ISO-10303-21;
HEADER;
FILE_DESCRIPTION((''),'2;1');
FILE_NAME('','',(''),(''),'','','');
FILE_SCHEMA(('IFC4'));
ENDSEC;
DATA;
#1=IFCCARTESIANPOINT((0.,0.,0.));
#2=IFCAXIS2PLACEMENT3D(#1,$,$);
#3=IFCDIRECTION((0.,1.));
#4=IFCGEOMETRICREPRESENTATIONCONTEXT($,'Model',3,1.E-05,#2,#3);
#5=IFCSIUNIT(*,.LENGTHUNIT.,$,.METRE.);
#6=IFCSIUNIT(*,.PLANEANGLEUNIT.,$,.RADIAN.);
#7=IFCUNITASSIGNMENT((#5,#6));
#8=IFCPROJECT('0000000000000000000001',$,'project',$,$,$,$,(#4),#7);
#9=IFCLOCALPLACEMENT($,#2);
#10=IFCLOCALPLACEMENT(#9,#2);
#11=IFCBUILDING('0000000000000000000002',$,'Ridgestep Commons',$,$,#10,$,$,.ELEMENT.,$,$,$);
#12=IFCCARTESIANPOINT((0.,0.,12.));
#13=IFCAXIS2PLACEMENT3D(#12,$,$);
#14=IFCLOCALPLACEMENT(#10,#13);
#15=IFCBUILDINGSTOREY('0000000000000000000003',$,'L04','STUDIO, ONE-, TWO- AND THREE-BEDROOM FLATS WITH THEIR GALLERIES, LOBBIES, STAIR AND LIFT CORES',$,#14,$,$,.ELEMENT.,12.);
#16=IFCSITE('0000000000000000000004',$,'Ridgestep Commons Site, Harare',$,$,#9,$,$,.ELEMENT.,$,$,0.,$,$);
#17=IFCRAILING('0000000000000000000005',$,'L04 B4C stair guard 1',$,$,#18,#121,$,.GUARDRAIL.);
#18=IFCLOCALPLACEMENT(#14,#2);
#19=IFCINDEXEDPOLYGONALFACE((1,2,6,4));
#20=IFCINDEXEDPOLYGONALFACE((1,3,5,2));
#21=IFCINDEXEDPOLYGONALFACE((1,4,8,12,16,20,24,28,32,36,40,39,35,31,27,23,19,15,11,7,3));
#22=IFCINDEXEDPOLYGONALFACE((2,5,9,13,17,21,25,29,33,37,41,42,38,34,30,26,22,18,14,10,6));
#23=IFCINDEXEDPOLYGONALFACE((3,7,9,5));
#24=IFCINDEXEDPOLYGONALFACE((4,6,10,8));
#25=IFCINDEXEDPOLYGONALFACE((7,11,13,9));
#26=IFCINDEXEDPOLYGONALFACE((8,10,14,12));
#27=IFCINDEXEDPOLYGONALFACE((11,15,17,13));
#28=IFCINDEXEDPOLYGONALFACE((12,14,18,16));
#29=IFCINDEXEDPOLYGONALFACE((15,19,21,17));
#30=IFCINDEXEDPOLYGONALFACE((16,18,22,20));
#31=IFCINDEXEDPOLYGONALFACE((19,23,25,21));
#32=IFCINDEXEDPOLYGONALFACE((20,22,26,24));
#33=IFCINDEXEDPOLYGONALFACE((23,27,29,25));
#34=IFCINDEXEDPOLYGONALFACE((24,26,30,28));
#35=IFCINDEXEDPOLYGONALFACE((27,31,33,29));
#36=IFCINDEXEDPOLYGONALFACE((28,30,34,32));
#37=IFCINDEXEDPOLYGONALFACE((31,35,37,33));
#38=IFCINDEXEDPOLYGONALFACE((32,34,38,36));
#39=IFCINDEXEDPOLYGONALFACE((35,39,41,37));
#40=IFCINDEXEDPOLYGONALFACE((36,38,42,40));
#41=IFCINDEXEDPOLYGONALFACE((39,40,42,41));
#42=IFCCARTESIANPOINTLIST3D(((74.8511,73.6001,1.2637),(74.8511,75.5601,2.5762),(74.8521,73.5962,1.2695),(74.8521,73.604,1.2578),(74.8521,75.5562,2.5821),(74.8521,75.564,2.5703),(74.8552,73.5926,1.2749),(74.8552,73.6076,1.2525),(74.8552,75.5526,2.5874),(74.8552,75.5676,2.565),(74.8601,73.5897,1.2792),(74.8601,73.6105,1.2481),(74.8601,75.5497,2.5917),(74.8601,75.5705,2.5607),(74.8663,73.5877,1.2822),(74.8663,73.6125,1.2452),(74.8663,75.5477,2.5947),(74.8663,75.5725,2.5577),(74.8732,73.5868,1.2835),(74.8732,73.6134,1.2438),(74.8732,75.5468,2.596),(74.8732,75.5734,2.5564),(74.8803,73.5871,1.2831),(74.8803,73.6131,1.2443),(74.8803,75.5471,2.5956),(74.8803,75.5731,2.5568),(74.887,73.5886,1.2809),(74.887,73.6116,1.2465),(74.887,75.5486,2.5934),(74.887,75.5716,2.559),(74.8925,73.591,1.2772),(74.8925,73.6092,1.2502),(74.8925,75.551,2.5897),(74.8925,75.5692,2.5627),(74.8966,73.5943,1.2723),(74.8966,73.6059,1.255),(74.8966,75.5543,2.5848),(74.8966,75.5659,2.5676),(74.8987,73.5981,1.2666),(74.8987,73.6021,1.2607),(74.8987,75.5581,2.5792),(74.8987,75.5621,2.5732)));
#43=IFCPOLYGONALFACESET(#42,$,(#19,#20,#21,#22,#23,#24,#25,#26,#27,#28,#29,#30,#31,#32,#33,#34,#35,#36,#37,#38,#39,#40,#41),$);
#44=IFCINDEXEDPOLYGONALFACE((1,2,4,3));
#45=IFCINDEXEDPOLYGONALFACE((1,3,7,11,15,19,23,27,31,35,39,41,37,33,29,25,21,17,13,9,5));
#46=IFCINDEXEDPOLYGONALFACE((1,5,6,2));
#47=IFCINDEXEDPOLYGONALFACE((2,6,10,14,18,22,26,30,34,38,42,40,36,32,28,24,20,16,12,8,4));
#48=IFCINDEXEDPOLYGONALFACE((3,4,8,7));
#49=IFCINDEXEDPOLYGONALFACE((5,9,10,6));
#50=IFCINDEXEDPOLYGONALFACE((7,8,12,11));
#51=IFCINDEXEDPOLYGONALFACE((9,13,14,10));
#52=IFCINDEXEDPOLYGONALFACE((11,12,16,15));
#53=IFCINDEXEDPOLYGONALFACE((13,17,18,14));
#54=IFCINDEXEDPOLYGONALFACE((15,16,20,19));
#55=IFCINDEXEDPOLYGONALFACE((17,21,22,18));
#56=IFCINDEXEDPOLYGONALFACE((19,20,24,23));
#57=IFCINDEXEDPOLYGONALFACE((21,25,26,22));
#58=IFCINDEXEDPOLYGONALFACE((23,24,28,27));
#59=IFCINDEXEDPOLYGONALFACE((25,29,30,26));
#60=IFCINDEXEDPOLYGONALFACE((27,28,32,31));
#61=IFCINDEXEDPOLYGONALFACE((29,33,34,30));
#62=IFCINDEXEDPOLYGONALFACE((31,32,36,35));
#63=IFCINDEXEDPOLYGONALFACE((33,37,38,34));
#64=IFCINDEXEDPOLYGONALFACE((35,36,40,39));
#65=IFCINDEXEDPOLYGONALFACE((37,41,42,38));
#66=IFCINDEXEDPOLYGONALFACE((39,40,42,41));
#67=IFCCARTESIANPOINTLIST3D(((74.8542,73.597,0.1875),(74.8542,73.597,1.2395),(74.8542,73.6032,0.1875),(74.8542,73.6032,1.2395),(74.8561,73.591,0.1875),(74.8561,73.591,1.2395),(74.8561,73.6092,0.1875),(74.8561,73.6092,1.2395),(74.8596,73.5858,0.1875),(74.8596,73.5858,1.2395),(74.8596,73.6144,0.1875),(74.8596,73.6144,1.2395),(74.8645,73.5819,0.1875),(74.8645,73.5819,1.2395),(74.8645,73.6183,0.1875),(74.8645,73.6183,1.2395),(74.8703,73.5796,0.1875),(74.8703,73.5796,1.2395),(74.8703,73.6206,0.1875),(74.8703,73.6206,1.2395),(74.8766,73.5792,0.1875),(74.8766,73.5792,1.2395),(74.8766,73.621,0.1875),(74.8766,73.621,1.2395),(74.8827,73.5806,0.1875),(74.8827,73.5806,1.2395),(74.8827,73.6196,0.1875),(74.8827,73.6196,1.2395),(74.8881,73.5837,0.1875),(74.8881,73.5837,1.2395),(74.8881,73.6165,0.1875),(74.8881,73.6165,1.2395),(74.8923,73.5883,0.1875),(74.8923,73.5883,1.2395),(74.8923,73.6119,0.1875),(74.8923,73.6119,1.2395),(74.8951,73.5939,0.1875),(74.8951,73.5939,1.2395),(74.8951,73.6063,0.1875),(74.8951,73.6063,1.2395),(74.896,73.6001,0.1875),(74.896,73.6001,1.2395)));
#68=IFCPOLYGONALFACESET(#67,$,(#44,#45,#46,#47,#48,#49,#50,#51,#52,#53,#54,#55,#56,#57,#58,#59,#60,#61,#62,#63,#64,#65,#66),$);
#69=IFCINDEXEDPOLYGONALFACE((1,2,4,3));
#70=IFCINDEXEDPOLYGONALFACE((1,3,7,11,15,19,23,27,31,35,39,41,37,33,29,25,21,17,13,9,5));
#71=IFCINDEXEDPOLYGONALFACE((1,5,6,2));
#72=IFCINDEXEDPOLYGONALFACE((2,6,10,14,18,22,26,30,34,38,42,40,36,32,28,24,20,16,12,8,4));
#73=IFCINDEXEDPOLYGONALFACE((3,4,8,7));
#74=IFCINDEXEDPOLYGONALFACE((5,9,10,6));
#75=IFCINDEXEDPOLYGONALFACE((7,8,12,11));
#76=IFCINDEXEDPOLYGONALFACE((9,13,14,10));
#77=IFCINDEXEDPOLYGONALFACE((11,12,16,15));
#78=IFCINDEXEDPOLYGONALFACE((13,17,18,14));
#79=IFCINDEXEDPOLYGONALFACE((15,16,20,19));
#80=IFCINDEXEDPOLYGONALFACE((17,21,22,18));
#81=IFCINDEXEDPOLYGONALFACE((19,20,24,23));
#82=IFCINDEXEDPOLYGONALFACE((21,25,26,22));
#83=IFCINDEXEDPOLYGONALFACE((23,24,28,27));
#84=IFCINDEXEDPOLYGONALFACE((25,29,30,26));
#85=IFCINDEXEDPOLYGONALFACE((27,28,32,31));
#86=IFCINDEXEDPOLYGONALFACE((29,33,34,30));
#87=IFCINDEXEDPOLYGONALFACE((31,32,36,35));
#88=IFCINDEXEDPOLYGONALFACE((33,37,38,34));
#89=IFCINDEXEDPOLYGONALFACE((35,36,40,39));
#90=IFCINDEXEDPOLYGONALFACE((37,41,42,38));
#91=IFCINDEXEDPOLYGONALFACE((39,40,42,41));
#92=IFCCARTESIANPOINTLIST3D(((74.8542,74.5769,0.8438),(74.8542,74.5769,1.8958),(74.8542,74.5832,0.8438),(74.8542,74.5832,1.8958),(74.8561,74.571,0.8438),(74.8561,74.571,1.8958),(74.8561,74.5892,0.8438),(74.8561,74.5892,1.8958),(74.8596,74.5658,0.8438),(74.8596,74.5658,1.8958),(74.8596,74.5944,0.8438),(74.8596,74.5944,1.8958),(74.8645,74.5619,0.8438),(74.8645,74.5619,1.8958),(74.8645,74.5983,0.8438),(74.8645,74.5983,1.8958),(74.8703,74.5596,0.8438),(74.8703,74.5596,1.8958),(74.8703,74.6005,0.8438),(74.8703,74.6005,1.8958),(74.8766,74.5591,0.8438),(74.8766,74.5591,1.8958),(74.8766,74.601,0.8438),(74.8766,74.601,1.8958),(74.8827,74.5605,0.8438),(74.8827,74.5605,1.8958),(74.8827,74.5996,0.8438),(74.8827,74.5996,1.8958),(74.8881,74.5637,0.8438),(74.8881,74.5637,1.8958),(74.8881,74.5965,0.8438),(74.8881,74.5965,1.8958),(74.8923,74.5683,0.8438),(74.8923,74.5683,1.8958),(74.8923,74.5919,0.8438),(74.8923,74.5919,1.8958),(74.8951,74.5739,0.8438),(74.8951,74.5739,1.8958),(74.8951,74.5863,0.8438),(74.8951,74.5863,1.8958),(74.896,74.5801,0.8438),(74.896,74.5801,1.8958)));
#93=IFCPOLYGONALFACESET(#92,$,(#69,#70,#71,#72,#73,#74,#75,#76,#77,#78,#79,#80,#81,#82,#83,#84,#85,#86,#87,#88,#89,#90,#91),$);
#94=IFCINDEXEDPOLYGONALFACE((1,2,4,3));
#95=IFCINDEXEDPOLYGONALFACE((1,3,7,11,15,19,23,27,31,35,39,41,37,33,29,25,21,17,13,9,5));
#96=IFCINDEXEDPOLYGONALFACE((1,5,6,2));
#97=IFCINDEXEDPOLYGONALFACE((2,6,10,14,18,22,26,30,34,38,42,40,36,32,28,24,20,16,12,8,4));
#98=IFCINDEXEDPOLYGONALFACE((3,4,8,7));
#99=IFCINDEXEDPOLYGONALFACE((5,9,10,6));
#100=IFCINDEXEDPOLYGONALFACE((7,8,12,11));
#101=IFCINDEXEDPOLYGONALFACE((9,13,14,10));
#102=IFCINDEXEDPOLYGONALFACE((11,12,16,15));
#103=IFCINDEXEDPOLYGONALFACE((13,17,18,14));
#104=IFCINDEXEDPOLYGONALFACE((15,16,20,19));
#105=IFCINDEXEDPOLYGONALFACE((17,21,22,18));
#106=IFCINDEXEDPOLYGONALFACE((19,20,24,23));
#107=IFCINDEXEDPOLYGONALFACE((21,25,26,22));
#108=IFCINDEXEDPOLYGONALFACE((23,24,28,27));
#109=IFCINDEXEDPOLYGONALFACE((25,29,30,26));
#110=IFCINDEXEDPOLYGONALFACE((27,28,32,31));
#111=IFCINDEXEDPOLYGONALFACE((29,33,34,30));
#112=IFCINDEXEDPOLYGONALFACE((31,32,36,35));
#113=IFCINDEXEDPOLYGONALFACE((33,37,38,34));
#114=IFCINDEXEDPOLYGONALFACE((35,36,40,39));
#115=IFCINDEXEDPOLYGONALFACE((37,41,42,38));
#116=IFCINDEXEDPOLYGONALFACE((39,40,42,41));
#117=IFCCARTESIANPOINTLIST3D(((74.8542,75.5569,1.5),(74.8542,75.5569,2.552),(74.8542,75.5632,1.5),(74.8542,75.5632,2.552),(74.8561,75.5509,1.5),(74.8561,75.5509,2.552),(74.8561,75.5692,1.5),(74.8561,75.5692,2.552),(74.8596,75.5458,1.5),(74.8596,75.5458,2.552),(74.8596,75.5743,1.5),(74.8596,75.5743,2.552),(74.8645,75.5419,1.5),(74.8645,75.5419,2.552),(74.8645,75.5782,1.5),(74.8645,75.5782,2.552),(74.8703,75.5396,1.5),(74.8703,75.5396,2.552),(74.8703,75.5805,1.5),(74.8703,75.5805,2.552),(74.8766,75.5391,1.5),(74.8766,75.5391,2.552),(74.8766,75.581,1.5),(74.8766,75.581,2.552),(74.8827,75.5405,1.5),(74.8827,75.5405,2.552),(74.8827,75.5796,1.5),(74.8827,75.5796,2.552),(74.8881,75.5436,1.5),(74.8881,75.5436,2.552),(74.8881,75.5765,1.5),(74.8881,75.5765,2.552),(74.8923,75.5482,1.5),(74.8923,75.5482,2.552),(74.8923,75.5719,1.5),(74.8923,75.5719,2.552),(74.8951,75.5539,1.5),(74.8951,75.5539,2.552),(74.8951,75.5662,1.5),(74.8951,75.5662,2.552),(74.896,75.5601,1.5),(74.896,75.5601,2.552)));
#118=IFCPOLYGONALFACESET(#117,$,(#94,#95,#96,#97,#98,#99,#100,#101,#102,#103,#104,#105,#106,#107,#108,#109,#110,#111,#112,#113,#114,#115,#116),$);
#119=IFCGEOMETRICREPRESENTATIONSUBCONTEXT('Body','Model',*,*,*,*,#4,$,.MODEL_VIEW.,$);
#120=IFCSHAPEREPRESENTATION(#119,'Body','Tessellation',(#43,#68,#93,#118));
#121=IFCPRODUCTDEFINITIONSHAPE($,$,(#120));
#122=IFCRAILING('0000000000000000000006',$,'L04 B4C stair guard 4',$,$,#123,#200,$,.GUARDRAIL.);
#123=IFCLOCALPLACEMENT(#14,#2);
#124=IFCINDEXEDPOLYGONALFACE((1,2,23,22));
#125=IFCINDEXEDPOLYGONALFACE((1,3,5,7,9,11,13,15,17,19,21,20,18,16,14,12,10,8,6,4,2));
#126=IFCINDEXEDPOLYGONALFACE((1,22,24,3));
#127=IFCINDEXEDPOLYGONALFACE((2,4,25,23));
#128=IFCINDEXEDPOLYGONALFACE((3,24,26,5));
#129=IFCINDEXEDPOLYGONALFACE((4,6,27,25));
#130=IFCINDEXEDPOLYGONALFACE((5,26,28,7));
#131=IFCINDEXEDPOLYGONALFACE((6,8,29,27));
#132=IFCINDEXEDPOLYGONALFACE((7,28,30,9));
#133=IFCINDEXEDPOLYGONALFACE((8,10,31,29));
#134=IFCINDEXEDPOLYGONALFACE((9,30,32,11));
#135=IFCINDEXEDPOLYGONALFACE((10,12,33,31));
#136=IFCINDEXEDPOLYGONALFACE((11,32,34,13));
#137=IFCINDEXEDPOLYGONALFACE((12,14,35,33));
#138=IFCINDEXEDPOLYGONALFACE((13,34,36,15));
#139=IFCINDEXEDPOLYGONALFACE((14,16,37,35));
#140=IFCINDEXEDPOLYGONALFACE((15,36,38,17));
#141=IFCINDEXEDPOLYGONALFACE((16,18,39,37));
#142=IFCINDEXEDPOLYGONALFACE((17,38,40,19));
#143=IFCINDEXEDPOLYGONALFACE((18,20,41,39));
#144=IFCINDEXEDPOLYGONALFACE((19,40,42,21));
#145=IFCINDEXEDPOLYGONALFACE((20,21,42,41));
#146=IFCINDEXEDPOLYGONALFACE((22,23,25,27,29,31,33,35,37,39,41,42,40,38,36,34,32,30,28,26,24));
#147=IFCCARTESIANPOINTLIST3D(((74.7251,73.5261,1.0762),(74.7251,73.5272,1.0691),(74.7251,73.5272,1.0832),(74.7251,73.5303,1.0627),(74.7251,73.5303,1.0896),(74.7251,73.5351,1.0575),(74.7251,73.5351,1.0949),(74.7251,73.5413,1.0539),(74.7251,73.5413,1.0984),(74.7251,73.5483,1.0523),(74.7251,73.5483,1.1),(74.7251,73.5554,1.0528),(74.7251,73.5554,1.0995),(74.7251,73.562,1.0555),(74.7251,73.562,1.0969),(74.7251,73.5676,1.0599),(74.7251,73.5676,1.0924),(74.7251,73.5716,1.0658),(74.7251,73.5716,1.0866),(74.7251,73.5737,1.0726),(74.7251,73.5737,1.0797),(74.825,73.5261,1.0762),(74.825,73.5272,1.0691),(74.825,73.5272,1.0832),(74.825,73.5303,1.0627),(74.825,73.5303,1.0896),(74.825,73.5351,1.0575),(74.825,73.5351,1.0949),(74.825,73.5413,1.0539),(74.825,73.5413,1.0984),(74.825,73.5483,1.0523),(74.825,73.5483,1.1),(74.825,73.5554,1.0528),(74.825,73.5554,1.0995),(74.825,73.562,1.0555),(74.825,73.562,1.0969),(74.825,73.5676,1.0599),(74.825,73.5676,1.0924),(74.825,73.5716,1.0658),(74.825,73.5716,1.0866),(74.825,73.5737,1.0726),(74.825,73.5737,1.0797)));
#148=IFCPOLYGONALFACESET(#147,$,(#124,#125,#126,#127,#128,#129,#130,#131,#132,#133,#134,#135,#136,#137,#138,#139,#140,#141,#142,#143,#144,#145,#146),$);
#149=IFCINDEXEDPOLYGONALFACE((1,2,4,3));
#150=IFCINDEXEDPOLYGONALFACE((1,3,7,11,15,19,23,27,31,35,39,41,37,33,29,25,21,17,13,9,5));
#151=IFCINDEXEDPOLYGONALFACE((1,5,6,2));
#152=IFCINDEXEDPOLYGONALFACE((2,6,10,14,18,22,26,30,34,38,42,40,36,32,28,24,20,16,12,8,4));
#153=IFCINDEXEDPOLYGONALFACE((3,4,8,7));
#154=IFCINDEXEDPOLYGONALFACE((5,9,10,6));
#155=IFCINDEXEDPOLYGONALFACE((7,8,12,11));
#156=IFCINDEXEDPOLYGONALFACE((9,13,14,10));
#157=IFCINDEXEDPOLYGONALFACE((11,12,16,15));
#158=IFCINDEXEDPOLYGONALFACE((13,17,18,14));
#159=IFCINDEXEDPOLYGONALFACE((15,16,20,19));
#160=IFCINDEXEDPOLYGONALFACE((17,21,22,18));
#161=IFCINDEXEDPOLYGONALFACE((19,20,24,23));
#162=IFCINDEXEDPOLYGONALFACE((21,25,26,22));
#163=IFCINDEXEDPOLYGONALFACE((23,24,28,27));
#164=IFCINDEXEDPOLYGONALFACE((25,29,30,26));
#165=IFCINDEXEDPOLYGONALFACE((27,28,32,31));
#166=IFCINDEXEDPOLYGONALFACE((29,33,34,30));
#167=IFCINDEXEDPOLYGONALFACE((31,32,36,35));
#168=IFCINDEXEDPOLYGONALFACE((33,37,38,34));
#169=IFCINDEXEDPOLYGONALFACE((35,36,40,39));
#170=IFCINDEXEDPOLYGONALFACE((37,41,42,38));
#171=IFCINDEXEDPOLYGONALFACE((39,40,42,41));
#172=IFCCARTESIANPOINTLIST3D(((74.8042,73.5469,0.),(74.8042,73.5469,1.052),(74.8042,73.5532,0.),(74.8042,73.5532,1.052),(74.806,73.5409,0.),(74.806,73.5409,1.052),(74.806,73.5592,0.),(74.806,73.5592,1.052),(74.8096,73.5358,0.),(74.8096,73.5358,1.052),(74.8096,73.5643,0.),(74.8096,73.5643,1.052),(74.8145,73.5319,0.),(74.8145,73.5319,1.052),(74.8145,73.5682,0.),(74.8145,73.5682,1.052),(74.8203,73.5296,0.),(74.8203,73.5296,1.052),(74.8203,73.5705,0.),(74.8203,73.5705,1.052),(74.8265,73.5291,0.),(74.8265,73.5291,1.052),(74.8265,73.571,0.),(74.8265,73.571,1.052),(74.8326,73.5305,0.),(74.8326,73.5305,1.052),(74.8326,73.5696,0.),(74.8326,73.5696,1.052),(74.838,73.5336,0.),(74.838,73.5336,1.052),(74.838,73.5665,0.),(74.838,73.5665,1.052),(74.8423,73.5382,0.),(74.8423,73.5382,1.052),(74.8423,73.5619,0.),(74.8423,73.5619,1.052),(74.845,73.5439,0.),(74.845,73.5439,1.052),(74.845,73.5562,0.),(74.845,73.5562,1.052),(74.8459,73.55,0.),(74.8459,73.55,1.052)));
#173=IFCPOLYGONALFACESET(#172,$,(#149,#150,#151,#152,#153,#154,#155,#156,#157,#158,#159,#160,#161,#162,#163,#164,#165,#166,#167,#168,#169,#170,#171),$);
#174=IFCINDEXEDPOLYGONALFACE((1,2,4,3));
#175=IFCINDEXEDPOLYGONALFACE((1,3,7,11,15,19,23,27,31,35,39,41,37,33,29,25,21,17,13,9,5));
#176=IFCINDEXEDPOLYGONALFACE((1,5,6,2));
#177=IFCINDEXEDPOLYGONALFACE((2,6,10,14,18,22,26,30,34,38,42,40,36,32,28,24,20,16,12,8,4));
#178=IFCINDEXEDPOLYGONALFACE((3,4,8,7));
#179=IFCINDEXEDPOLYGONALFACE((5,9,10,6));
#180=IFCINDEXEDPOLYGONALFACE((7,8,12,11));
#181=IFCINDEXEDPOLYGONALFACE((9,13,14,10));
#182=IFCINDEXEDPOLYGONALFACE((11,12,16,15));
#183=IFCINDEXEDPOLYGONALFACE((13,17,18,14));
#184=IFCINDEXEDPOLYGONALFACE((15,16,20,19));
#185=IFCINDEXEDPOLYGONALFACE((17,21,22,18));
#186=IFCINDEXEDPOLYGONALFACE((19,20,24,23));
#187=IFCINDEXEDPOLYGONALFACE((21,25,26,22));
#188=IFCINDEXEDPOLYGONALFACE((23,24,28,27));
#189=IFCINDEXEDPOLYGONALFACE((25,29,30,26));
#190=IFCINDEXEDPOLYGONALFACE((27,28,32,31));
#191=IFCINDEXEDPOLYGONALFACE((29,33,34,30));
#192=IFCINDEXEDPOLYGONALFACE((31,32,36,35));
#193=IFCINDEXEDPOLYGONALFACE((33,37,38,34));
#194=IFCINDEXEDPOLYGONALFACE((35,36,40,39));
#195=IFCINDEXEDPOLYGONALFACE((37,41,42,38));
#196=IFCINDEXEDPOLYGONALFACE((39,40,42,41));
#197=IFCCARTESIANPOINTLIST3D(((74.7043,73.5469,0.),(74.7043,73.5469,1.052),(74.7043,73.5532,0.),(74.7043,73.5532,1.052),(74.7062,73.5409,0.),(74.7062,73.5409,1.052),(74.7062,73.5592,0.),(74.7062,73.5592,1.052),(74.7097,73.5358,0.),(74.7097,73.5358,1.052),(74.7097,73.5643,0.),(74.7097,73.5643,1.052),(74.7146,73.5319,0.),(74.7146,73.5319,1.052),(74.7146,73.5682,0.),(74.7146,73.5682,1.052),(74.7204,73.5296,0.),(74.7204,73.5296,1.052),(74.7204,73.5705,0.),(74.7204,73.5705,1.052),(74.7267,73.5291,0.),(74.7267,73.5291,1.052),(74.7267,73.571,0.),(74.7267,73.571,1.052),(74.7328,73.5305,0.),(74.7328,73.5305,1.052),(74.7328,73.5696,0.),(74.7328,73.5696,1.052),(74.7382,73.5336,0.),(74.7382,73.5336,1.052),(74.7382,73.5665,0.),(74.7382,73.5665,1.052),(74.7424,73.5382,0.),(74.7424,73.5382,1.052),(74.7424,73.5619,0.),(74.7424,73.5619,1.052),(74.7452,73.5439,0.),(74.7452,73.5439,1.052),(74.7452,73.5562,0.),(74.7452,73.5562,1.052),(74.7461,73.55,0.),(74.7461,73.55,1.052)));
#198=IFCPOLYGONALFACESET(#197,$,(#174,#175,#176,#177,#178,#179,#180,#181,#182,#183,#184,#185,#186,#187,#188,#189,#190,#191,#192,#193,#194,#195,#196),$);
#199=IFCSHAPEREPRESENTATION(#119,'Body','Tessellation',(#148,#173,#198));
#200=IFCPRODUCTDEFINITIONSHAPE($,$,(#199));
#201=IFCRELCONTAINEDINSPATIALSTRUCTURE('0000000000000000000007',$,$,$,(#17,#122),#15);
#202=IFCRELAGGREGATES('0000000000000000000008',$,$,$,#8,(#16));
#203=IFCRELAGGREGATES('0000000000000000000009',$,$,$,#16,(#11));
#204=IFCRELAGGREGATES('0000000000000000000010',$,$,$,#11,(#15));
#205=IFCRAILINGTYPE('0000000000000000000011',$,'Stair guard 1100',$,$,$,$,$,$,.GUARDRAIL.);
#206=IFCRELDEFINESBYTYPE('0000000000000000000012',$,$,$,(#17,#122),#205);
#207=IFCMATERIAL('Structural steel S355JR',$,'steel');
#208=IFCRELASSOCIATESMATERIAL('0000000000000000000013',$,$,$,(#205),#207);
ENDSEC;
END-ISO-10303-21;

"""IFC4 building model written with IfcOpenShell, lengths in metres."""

from ifc_helpers import new_model, si_unit, direction, frame, origin, origin_2d, place, context, subcontext, project, spatial, circle, extrude, material, type_object, element, save


model = new_model("IFC4")

# Units and contexts
model_context = context("Model", 3, precision=1e-05, world=origin(), true_north=direction((0.0, 1.0)))
body_context = subcontext(model_context, "Body", "Model", "MODEL_VIEW")
ifc_project = project(units=[si_unit("LENGTHUNIT", "METRE"), si_unit("PLANEANGLEUNIT", "RADIAN")], contexts=[model_context])

# Site, building, storey
site_placement = place(None, origin())
site = spatial("IfcSite", under=ifc_project, at=site_placement, Name="Ridgestep Commons Site, Harare", CompositionType="ELEMENT", RefElevation=0.0)
building_placement = place(site_placement, origin())
building = spatial("IfcBuilding", under=site, at=building_placement, Name="Ridgestep Commons", CompositionType="ELEMENT")
storey_placement = place(building_placement, frame((0.0, 0.0, 12.0)))
storey = spatial("IfcBuildingStorey", under=building, at=storey_placement, Name="L04", Description="STUDIO, ONE-, TWO- AND THREE-BEDROOM FLATS WITH THEIR GALLERIES, LOBBIES, STAIR AND LIFT CORES", CompositionType="ELEMENT", Elevation=12.0)

# Railings
ifc_material_1 = material(Name="Structural steel S355JR", Category="steel")
railing_type_1 = type_object("IfcRailingType", Name="Stair guard 1100", PredefinedType="GUARDRAIL", material=ifc_material_1)
railing_1_placement = place(storey_placement, frame((74.875, 73.6001, 0.1875)))
element("IfcRailing", 1, at=railing_1_placement, inside=storey, type_object=railing_type_1, Name="L04 B4C stair guard 1", PredefinedType="GUARDRAIL", context=body_context, shape_type="SweptSolid", body=[
    extrude(circle(Radius=0.0239, at=origin_2d()), frame((0.0, 0.0, 1.0762), z_axis=(0.0, 0.830902, 0.556419), x_axis=(-1.0, 0.0, 0.0)), (0.0, 0.0, 1.0), 2.3589),
    extrude(circle(Radius=0.021, at=origin_2d()), origin(), (0.0, 0.0, 1.0), 1.052),
    extrude(circle(Radius=0.021, at=origin_2d()), frame((0.0, 0.98, 0.6562)), (0.0, 0.0, 1.0), 1.052),
    extrude(circle(Radius=0.021, at=origin_2d()), frame((0.0, 1.96, 1.3125)), (0.0, 0.0, 1.0), 1.052),
])
railing_2_placement = place(storey_placement, frame((74.825, 73.55, 0.0)))
element("IfcRailing", 2, at=railing_2_placement, inside=storey, type_object=railing_type_1, Name="L04 B4C stair guard 4", PredefinedType="GUARDRAIL", context=body_context, shape_type="SweptSolid", body=[
    extrude(circle(Radius=0.0239, at=origin_2d()), frame((0.0, 0.0, 1.0762), z_axis=(-1.0, 0.0, 0.0), x_axis=(0.0, -1.0, 0.0)), (0.0, 0.0, 1.0), 0.0999),
    extrude(circle(Radius=0.021, at=origin_2d()), origin(), (0.0, 0.0, 1.0), 1.052),
    extrude(circle(Radius=0.021, at=origin_2d()), frame((-0.0999, 0.0, 0.0)), (0.0, 0.0, 1.0), 1.052),
])

save(model, "model.ifc")
